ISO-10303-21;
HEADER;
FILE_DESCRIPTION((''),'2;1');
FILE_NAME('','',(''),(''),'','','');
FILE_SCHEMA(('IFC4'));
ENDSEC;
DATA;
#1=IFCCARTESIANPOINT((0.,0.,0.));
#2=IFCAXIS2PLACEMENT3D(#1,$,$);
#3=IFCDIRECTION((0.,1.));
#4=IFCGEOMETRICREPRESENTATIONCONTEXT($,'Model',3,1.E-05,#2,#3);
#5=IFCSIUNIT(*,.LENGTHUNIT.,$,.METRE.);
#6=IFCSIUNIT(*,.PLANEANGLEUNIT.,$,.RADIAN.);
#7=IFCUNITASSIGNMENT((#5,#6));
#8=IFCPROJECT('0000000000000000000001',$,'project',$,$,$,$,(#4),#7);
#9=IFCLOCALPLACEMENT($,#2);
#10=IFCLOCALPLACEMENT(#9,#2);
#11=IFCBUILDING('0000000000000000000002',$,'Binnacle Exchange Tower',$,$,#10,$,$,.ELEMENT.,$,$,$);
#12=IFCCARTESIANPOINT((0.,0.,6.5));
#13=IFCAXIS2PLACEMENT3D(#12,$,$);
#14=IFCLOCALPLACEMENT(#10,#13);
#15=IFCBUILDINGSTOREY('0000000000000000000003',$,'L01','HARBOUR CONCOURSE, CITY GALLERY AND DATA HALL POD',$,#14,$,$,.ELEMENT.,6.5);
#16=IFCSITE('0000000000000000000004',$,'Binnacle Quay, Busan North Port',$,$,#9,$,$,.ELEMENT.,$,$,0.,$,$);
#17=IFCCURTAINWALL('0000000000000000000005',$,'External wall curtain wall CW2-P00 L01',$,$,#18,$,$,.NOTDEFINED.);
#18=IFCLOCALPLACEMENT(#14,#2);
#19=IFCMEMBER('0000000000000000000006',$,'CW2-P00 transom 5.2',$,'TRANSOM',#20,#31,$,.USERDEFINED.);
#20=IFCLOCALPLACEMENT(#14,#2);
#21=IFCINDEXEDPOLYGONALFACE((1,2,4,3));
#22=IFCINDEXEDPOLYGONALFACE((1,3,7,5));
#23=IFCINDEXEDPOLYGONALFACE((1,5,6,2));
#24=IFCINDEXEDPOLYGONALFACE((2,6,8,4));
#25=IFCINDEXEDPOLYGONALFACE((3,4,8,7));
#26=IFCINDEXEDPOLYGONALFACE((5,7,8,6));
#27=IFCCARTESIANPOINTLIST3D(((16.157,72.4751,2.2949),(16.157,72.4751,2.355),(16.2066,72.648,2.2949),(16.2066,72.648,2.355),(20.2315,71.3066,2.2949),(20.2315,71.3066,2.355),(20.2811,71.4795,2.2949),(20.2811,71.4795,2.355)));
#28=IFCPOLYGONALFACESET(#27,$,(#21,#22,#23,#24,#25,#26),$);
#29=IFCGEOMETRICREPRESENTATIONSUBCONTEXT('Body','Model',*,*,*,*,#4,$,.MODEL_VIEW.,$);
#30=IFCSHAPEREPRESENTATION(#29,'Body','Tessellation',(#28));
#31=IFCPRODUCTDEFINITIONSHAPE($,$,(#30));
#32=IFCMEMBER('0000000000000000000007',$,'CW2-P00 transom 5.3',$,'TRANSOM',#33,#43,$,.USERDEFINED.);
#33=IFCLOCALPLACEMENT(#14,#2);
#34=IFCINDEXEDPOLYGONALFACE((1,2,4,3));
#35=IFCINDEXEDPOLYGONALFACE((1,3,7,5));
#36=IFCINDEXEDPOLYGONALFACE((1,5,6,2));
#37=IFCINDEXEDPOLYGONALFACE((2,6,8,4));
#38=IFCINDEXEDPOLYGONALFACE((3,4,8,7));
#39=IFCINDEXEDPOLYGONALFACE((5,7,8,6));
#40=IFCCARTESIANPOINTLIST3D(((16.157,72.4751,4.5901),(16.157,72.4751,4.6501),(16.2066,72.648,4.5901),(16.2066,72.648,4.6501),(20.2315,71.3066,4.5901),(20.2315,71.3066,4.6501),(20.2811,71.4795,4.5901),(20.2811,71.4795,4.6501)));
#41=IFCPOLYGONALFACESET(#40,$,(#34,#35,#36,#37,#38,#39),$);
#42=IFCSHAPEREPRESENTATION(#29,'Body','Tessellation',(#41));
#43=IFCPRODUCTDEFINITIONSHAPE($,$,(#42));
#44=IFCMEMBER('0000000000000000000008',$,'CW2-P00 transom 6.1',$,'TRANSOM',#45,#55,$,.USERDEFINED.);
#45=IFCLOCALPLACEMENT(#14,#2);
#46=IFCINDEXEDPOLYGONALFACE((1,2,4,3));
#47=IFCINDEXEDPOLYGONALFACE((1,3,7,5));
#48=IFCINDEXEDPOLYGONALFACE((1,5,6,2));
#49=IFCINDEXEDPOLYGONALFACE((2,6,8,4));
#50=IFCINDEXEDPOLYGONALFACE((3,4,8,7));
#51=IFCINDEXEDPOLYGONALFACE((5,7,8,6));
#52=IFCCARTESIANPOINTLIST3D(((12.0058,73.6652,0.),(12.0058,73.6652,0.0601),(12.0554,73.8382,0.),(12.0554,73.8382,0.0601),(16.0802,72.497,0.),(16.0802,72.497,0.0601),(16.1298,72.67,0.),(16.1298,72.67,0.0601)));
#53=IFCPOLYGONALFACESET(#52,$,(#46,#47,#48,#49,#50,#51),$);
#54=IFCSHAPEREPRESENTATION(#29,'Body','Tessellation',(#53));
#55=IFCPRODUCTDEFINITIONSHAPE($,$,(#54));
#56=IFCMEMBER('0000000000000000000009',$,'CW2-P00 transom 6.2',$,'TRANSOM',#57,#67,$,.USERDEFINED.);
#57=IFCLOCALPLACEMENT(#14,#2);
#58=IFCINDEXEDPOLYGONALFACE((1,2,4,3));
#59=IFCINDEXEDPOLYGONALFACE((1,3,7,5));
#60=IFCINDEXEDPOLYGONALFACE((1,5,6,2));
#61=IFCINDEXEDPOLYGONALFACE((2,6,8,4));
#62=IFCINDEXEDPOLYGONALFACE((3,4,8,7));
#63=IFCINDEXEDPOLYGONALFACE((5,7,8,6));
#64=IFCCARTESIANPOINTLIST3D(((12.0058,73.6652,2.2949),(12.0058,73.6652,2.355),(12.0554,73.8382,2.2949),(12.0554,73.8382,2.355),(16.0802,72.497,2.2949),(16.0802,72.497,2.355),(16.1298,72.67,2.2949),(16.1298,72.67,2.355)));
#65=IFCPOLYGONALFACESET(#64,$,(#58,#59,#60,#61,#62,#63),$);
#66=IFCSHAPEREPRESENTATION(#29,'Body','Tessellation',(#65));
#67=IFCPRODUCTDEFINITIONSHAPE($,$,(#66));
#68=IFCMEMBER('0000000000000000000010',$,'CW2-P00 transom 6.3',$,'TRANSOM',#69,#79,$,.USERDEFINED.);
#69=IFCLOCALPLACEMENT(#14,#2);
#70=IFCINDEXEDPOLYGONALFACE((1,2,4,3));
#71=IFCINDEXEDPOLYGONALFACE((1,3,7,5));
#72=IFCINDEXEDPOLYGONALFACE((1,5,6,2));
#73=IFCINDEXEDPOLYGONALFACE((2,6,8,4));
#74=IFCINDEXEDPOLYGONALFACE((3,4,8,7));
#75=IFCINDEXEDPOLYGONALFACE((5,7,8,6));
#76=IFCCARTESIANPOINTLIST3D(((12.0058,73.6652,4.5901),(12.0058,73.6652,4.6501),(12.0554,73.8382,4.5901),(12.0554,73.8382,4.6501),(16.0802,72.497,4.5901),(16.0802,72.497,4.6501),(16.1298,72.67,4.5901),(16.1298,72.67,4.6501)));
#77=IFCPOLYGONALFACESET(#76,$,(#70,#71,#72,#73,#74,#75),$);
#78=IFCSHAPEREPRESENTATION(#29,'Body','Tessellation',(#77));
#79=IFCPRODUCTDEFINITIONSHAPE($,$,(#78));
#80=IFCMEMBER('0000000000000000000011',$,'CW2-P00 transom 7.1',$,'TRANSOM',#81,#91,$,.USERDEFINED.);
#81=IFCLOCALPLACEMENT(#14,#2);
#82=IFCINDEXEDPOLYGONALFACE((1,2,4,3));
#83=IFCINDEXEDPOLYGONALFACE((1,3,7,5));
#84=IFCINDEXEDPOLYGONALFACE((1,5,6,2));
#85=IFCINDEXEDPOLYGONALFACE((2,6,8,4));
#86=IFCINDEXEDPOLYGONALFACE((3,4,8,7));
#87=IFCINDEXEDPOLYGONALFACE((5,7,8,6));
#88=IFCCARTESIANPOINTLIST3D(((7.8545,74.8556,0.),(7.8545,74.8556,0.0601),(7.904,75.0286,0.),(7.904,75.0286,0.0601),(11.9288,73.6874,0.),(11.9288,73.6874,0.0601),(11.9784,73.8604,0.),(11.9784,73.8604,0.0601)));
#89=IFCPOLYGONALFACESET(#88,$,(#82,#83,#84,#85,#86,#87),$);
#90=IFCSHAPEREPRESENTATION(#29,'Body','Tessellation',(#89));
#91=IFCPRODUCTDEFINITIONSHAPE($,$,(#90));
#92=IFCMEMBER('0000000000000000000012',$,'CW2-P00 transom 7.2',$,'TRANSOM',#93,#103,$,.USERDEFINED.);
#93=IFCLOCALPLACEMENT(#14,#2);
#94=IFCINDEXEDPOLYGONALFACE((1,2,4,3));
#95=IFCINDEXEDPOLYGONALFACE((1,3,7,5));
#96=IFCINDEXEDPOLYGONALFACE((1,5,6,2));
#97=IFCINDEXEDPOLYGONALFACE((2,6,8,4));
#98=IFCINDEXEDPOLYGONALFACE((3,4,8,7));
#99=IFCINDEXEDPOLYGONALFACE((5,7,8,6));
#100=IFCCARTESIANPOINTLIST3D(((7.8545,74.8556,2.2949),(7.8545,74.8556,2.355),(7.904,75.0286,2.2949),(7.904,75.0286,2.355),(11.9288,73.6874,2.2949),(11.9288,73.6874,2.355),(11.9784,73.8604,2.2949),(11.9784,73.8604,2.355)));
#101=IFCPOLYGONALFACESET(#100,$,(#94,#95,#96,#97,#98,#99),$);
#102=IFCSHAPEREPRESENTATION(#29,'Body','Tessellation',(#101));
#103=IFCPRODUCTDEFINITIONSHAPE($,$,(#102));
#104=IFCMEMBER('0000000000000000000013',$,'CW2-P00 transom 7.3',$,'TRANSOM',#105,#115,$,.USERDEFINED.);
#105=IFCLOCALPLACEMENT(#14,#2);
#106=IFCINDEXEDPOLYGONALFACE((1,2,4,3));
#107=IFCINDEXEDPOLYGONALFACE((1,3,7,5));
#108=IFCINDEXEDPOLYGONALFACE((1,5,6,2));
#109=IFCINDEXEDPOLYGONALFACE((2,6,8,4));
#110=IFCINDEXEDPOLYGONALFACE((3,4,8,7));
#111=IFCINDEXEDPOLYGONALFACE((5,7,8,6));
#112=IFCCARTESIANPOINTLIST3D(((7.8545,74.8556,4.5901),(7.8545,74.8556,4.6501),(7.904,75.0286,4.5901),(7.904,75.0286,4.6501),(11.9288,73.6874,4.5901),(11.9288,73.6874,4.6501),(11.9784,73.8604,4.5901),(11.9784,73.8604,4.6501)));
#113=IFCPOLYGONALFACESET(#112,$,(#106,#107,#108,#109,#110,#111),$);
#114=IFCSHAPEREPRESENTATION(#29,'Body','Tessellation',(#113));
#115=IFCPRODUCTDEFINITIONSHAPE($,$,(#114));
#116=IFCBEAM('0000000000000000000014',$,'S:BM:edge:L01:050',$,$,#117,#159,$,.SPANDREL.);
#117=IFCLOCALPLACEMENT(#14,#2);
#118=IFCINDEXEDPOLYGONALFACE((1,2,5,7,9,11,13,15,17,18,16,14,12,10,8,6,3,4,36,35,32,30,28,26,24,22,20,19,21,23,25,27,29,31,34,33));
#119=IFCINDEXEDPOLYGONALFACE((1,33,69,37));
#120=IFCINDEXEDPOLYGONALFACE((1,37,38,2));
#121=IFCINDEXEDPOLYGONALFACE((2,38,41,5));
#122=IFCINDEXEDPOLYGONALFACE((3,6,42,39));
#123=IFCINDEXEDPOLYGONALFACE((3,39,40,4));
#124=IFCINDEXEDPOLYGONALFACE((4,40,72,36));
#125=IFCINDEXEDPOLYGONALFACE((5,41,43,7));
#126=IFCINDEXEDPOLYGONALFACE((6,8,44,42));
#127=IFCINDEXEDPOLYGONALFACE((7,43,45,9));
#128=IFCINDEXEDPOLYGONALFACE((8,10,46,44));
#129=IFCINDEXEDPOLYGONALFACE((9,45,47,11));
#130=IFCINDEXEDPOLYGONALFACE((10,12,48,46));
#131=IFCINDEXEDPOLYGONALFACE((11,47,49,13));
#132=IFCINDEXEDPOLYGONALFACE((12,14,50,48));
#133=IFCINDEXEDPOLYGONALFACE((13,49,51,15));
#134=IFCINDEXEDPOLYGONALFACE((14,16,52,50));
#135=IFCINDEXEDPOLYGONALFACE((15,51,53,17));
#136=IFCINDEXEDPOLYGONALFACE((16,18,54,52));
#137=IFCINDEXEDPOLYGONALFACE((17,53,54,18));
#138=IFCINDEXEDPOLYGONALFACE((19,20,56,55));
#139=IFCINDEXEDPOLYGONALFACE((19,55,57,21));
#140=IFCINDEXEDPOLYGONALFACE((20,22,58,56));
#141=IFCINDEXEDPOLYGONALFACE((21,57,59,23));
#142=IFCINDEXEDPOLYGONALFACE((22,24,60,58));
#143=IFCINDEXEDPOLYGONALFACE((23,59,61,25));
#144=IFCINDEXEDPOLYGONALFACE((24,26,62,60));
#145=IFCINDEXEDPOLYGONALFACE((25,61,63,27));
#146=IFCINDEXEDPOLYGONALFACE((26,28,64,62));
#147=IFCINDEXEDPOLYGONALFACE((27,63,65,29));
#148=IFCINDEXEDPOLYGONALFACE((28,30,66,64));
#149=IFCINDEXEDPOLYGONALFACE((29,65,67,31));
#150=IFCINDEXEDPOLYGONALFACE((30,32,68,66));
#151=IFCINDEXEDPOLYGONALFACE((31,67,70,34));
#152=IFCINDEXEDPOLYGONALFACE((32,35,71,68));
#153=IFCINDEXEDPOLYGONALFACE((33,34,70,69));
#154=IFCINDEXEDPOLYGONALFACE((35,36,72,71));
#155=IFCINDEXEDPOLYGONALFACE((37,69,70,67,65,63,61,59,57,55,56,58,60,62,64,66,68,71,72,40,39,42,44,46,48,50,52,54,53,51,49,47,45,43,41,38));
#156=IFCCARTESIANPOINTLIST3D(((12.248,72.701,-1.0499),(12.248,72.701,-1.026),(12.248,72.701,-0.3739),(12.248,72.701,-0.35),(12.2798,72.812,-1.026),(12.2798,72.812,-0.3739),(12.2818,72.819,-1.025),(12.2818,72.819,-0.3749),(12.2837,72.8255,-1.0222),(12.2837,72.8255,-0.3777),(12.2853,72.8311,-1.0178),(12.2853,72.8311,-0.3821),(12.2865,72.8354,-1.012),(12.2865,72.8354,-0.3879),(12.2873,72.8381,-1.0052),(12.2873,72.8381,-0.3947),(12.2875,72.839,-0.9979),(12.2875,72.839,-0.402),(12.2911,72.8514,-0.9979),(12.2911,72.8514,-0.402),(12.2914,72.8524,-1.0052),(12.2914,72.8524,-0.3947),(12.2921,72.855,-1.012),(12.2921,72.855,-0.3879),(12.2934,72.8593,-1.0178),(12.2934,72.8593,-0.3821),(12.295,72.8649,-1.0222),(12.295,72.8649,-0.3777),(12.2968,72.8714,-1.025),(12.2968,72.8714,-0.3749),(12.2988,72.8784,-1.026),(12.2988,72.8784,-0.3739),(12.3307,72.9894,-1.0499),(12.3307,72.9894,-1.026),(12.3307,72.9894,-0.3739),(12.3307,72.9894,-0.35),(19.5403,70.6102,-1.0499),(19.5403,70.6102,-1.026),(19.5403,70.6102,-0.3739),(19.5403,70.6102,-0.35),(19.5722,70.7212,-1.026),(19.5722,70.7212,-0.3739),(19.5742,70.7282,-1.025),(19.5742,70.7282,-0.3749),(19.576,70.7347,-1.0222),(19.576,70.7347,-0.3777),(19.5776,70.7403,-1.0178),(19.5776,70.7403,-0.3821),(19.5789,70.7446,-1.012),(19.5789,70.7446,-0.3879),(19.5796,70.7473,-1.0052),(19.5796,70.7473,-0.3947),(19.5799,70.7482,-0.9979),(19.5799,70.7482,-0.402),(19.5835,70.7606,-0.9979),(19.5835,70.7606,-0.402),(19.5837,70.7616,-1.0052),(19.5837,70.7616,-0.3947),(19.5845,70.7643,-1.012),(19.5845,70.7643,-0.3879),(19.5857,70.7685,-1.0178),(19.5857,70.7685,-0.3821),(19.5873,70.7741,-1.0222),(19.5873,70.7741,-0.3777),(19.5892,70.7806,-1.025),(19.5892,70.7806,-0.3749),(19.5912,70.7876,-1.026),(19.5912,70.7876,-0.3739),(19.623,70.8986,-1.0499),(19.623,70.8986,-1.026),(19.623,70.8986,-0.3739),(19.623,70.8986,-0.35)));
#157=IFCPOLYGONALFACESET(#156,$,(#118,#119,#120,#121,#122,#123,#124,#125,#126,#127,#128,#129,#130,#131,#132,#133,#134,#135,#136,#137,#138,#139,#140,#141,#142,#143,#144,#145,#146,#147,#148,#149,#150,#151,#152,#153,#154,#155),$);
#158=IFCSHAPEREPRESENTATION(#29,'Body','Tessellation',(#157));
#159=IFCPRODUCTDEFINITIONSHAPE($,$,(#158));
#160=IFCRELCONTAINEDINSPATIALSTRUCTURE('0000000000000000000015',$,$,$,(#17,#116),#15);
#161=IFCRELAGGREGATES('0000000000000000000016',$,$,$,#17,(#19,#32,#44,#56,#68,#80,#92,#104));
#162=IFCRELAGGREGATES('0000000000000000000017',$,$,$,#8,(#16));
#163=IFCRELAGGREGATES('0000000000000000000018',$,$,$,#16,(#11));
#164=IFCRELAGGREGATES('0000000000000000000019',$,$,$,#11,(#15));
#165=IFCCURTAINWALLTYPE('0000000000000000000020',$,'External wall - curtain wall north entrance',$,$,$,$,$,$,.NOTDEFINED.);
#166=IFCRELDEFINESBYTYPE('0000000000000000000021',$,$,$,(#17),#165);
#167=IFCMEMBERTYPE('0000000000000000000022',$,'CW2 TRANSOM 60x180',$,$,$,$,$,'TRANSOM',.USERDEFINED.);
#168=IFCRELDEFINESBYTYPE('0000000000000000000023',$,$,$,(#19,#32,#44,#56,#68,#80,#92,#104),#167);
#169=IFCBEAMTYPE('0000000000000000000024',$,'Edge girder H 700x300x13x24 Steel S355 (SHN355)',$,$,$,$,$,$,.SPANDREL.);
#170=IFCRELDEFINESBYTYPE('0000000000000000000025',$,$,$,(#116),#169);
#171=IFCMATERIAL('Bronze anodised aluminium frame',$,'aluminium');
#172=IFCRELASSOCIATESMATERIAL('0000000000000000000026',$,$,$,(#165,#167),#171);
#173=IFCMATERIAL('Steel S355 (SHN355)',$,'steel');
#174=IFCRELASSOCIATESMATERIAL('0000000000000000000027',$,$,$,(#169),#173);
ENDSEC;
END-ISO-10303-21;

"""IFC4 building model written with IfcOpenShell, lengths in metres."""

from ifc_helpers import new_model, si_unit, direction, frame, origin, origin_2d, place, context, subcontext, project, spatial, rectangle, i_section, extrude, material, material_profile, profile_set, type_object, element, aggregate, save


model = new_model("IFC4")

# Units and contexts
model_context = context("Model", 3, precision=1e-05, world=origin(), true_north=direction((0.0, 1.0)))
body_context = subcontext(model_context, "Body", "Model", "MODEL_VIEW")
ifc_project = project(units=[si_unit("LENGTHUNIT", "METRE"), si_unit("PLANEANGLEUNIT", "RADIAN")], contexts=[model_context])

# Site, building, storey
site_placement = place(None, origin())
site = spatial("IfcSite", under=ifc_project, at=site_placement, Name="Binnacle Quay, Busan North Port", CompositionType="ELEMENT", RefElevation=0.0)
building_placement = place(site_placement, origin())
building = spatial("IfcBuilding", under=site, at=building_placement, Name="Binnacle Exchange Tower", CompositionType="ELEMENT")
storey_placement = place(building_placement, frame((0.0, 0.0, 6.5)))
storey = spatial("IfcBuildingStorey", under=building, at=storey_placement, Name="L01", Description="HARBOUR CONCOURSE, CITY GALLERY AND DATA HALL POD", CompositionType="ELEMENT", Elevation=6.5)

# Curtain wall, members
ifc_material_1 = material(Name="Bronze anodised aluminium frame", Category="aluminium")
curtain_wall_type = type_object("IfcCurtainWallType", Name="External wall - curtain wall north entrance", PredefinedType="NOTDEFINED", material=ifc_material_1)
curtain_wall_placement = place(storey_placement, origin())
curtain_wall = element("IfcCurtainWall", 1, at=curtain_wall_placement, inside=storey, type_object=curtain_wall_type, Name="External wall curtain wall CW2-P00 L01", PredefinedType="NOTDEFINED")
ifc_material_profile_1 = material_profile(ifc_material_1, rectangle(XDim=0.1799, YDim=0.0601, at=origin_2d()), Name="AL 180x60")
ifc_profile_set_1 = profile_set([ifc_material_profile_1], Name="Bronze anodised aluminium frame")
member_type_1 = type_object("IfcMemberType", Name="CW2 TRANSOM 60x180", ElementType="TRANSOM", PredefinedType="USERDEFINED", material=ifc_profile_set_1)
member_1_placement = place(storey_placement, frame((20.2563, 71.3931, 2.325), z_axis=(-0.961254, 0.275664, 0.0), x_axis=(-0.275664, -0.961254, 0.0)))
member_1 = element("IfcMember", 2, at=member_1_placement, type_object=member_type_1, Name="CW2-P00 transom 5.2", ObjectType="TRANSOM", PredefinedType="USERDEFINED", context=body_context, shape_type="SweptSolid", body=[
    extrude(rectangle(XDim=0.1799, YDim=0.0601, at=origin_2d()), origin(), (0.0, 0.0, 1.0), 4.2388),
])
member_2_placement = place(storey_placement, frame((20.2563, 71.3931, 4.6201), z_axis=(-0.961254, 0.275664, 0.0), x_axis=(-0.275664, -0.961254, 0.0)))
member_2 = element("IfcMember", 3, at=member_2_placement, type_object=member_type_1, Name="CW2-P00 transom 5.3", ObjectType="TRANSOM", PredefinedType="USERDEFINED", context=body_context, shape_type="SweptSolid", body=[
    extrude(rectangle(XDim=0.1799, YDim=0.0601, at=origin_2d()), origin(), (0.0, 0.0, 1.0), 4.2388),
])
member_3_placement = place(storey_placement, frame((16.105, 72.5835, 0.03), z_axis=(-0.961269, 0.275611, 0.0), x_axis=(-0.275611, -0.961269, 0.0)))
member_3 = element("IfcMember", 4, at=member_3_placement, type_object=member_type_1, Name="CW2-P00 transom 6.1", ObjectType="TRANSOM", PredefinedType="USERDEFINED", context=body_context, shape_type="SweptSolid", body=[
    extrude(rectangle(XDim=0.1799, YDim=0.0601, at=origin_2d()), origin(), (0.0, 0.0, 1.0), 4.2385),
])
member_4_placement = place(storey_placement, frame((16.105, 72.5835, 2.325), z_axis=(-0.961269, 0.275611, 0.0), x_axis=(-0.275611, -0.961269, 0.0)))
member_4 = element("IfcMember", 5, at=member_4_placement, type_object=member_type_1, Name="CW2-P00 transom 6.2", ObjectType="TRANSOM", PredefinedType="USERDEFINED", context=body_context, shape_type="SweptSolid", body=[
    extrude(rectangle(XDim=0.1799, YDim=0.0601, at=origin_2d()), origin(), (0.0, 0.0, 1.0), 4.2385),
])
member_5_placement = place(storey_placement, frame((16.105, 72.5835, 4.6201), z_axis=(-0.961269, 0.275611, 0.0), x_axis=(-0.275611, -0.961269, 0.0)))
member_5 = element("IfcMember", 6, at=member_5_placement, type_object=member_type_1, Name="CW2-P00 transom 6.3", ObjectType="TRANSOM", PredefinedType="USERDEFINED", context=body_context, shape_type="SweptSolid", body=[
    extrude(rectangle(XDim=0.1799, YDim=0.0601, at=origin_2d()), origin(), (0.0, 0.0, 1.0), 4.2385),
])
member_6_placement = place(storey_placement, frame((11.9536, 73.7739, 0.03), z_axis=(-0.961269, 0.275611, 0.0), x_axis=(-0.275611, -0.961269, 0.0)))
member_6 = element("IfcMember", 7, at=member_6_placement, type_object=member_type_1, Name="CW2-P00 transom 7.1", ObjectType="TRANSOM", PredefinedType="USERDEFINED", context=body_context, shape_type="SweptSolid", body=[
    extrude(rectangle(XDim=0.1799, YDim=0.0601, at=origin_2d()), origin(), (0.0, 0.0, 1.0), 4.2385),
])
member_7_placement = place(storey_placement, frame((11.9536, 73.7739, 2.325), z_axis=(-0.961269, 0.275611, 0.0), x_axis=(-0.275611, -0.961269, 0.0)))
member_7 = element("IfcMember", 8, at=member_7_placement, type_object=member_type_1, Name="CW2-P00 transom 7.2", ObjectType="TRANSOM", PredefinedType="USERDEFINED", context=body_context, shape_type="SweptSolid", body=[
    extrude(rectangle(XDim=0.1799, YDim=0.0601, at=origin_2d()), origin(), (0.0, 0.0, 1.0), 4.2385),
])
member_8_placement = place(storey_placement, frame((11.9536, 73.7739, 4.6201), z_axis=(-0.961269, 0.275611, 0.0), x_axis=(-0.275611, -0.961269, 0.0)))
member_8 = element("IfcMember", 9, at=member_8_placement, type_object=member_type_1, Name="CW2-P00 transom 7.3", ObjectType="TRANSOM", PredefinedType="USERDEFINED", context=body_context, shape_type="SweptSolid", body=[
    extrude(rectangle(XDim=0.1799, YDim=0.0601, at=origin_2d()), origin(), (0.0, 0.0, 1.0), 4.2385),
])

# Beam
ifc_material_2 = material(Name="Steel S355 (SHN355)", Category="steel")
ifc_material_profile_2 = material_profile(ifc_material_2, i_section(OverallWidth=0.3, OverallDepth=0.7, WebThickness=0.0129, FlangeThickness=0.0239, FilletRadius=0.0281, at=origin_2d()), Name="H 700x300x13x24")
ifc_profile_set_2 = profile_set([ifc_material_profile_2], Name="Steel S355 (SHN355)")
beam_type_1 = type_object("IfcBeamType", Name="Edge girder H 700x300x13x24 Steel S355 (SHN355)", PredefinedType="SPANDREL", material=ifc_profile_set_2)
beam_1_placement = place(storey_placement, frame((12.2893, 72.8452, -0.7), z_axis=(0.961271, -0.275605, 0.0), x_axis=(0.275605, 0.961271, 0.0)))
element("IfcBeam", 10, at=beam_1_placement, inside=storey, type_object=beam_type_1, Name="S:BM:edge:L01:050", PredefinedType="SPANDREL", context=body_context, shape_type="SweptSolid", body=[
    extrude(i_section(OverallWidth=0.3, OverallDepth=0.7, WebThickness=0.0129, FlangeThickness=0.0239, FilletRadius=0.0281, at=origin_2d()), origin(), (0.0, 0.0, 1.0), 7.5862),
])

aggregate(curtain_wall, [member_1, member_2, member_3, member_4, member_5, member_6, member_7, member_8])

save(model, "model.ifc")
